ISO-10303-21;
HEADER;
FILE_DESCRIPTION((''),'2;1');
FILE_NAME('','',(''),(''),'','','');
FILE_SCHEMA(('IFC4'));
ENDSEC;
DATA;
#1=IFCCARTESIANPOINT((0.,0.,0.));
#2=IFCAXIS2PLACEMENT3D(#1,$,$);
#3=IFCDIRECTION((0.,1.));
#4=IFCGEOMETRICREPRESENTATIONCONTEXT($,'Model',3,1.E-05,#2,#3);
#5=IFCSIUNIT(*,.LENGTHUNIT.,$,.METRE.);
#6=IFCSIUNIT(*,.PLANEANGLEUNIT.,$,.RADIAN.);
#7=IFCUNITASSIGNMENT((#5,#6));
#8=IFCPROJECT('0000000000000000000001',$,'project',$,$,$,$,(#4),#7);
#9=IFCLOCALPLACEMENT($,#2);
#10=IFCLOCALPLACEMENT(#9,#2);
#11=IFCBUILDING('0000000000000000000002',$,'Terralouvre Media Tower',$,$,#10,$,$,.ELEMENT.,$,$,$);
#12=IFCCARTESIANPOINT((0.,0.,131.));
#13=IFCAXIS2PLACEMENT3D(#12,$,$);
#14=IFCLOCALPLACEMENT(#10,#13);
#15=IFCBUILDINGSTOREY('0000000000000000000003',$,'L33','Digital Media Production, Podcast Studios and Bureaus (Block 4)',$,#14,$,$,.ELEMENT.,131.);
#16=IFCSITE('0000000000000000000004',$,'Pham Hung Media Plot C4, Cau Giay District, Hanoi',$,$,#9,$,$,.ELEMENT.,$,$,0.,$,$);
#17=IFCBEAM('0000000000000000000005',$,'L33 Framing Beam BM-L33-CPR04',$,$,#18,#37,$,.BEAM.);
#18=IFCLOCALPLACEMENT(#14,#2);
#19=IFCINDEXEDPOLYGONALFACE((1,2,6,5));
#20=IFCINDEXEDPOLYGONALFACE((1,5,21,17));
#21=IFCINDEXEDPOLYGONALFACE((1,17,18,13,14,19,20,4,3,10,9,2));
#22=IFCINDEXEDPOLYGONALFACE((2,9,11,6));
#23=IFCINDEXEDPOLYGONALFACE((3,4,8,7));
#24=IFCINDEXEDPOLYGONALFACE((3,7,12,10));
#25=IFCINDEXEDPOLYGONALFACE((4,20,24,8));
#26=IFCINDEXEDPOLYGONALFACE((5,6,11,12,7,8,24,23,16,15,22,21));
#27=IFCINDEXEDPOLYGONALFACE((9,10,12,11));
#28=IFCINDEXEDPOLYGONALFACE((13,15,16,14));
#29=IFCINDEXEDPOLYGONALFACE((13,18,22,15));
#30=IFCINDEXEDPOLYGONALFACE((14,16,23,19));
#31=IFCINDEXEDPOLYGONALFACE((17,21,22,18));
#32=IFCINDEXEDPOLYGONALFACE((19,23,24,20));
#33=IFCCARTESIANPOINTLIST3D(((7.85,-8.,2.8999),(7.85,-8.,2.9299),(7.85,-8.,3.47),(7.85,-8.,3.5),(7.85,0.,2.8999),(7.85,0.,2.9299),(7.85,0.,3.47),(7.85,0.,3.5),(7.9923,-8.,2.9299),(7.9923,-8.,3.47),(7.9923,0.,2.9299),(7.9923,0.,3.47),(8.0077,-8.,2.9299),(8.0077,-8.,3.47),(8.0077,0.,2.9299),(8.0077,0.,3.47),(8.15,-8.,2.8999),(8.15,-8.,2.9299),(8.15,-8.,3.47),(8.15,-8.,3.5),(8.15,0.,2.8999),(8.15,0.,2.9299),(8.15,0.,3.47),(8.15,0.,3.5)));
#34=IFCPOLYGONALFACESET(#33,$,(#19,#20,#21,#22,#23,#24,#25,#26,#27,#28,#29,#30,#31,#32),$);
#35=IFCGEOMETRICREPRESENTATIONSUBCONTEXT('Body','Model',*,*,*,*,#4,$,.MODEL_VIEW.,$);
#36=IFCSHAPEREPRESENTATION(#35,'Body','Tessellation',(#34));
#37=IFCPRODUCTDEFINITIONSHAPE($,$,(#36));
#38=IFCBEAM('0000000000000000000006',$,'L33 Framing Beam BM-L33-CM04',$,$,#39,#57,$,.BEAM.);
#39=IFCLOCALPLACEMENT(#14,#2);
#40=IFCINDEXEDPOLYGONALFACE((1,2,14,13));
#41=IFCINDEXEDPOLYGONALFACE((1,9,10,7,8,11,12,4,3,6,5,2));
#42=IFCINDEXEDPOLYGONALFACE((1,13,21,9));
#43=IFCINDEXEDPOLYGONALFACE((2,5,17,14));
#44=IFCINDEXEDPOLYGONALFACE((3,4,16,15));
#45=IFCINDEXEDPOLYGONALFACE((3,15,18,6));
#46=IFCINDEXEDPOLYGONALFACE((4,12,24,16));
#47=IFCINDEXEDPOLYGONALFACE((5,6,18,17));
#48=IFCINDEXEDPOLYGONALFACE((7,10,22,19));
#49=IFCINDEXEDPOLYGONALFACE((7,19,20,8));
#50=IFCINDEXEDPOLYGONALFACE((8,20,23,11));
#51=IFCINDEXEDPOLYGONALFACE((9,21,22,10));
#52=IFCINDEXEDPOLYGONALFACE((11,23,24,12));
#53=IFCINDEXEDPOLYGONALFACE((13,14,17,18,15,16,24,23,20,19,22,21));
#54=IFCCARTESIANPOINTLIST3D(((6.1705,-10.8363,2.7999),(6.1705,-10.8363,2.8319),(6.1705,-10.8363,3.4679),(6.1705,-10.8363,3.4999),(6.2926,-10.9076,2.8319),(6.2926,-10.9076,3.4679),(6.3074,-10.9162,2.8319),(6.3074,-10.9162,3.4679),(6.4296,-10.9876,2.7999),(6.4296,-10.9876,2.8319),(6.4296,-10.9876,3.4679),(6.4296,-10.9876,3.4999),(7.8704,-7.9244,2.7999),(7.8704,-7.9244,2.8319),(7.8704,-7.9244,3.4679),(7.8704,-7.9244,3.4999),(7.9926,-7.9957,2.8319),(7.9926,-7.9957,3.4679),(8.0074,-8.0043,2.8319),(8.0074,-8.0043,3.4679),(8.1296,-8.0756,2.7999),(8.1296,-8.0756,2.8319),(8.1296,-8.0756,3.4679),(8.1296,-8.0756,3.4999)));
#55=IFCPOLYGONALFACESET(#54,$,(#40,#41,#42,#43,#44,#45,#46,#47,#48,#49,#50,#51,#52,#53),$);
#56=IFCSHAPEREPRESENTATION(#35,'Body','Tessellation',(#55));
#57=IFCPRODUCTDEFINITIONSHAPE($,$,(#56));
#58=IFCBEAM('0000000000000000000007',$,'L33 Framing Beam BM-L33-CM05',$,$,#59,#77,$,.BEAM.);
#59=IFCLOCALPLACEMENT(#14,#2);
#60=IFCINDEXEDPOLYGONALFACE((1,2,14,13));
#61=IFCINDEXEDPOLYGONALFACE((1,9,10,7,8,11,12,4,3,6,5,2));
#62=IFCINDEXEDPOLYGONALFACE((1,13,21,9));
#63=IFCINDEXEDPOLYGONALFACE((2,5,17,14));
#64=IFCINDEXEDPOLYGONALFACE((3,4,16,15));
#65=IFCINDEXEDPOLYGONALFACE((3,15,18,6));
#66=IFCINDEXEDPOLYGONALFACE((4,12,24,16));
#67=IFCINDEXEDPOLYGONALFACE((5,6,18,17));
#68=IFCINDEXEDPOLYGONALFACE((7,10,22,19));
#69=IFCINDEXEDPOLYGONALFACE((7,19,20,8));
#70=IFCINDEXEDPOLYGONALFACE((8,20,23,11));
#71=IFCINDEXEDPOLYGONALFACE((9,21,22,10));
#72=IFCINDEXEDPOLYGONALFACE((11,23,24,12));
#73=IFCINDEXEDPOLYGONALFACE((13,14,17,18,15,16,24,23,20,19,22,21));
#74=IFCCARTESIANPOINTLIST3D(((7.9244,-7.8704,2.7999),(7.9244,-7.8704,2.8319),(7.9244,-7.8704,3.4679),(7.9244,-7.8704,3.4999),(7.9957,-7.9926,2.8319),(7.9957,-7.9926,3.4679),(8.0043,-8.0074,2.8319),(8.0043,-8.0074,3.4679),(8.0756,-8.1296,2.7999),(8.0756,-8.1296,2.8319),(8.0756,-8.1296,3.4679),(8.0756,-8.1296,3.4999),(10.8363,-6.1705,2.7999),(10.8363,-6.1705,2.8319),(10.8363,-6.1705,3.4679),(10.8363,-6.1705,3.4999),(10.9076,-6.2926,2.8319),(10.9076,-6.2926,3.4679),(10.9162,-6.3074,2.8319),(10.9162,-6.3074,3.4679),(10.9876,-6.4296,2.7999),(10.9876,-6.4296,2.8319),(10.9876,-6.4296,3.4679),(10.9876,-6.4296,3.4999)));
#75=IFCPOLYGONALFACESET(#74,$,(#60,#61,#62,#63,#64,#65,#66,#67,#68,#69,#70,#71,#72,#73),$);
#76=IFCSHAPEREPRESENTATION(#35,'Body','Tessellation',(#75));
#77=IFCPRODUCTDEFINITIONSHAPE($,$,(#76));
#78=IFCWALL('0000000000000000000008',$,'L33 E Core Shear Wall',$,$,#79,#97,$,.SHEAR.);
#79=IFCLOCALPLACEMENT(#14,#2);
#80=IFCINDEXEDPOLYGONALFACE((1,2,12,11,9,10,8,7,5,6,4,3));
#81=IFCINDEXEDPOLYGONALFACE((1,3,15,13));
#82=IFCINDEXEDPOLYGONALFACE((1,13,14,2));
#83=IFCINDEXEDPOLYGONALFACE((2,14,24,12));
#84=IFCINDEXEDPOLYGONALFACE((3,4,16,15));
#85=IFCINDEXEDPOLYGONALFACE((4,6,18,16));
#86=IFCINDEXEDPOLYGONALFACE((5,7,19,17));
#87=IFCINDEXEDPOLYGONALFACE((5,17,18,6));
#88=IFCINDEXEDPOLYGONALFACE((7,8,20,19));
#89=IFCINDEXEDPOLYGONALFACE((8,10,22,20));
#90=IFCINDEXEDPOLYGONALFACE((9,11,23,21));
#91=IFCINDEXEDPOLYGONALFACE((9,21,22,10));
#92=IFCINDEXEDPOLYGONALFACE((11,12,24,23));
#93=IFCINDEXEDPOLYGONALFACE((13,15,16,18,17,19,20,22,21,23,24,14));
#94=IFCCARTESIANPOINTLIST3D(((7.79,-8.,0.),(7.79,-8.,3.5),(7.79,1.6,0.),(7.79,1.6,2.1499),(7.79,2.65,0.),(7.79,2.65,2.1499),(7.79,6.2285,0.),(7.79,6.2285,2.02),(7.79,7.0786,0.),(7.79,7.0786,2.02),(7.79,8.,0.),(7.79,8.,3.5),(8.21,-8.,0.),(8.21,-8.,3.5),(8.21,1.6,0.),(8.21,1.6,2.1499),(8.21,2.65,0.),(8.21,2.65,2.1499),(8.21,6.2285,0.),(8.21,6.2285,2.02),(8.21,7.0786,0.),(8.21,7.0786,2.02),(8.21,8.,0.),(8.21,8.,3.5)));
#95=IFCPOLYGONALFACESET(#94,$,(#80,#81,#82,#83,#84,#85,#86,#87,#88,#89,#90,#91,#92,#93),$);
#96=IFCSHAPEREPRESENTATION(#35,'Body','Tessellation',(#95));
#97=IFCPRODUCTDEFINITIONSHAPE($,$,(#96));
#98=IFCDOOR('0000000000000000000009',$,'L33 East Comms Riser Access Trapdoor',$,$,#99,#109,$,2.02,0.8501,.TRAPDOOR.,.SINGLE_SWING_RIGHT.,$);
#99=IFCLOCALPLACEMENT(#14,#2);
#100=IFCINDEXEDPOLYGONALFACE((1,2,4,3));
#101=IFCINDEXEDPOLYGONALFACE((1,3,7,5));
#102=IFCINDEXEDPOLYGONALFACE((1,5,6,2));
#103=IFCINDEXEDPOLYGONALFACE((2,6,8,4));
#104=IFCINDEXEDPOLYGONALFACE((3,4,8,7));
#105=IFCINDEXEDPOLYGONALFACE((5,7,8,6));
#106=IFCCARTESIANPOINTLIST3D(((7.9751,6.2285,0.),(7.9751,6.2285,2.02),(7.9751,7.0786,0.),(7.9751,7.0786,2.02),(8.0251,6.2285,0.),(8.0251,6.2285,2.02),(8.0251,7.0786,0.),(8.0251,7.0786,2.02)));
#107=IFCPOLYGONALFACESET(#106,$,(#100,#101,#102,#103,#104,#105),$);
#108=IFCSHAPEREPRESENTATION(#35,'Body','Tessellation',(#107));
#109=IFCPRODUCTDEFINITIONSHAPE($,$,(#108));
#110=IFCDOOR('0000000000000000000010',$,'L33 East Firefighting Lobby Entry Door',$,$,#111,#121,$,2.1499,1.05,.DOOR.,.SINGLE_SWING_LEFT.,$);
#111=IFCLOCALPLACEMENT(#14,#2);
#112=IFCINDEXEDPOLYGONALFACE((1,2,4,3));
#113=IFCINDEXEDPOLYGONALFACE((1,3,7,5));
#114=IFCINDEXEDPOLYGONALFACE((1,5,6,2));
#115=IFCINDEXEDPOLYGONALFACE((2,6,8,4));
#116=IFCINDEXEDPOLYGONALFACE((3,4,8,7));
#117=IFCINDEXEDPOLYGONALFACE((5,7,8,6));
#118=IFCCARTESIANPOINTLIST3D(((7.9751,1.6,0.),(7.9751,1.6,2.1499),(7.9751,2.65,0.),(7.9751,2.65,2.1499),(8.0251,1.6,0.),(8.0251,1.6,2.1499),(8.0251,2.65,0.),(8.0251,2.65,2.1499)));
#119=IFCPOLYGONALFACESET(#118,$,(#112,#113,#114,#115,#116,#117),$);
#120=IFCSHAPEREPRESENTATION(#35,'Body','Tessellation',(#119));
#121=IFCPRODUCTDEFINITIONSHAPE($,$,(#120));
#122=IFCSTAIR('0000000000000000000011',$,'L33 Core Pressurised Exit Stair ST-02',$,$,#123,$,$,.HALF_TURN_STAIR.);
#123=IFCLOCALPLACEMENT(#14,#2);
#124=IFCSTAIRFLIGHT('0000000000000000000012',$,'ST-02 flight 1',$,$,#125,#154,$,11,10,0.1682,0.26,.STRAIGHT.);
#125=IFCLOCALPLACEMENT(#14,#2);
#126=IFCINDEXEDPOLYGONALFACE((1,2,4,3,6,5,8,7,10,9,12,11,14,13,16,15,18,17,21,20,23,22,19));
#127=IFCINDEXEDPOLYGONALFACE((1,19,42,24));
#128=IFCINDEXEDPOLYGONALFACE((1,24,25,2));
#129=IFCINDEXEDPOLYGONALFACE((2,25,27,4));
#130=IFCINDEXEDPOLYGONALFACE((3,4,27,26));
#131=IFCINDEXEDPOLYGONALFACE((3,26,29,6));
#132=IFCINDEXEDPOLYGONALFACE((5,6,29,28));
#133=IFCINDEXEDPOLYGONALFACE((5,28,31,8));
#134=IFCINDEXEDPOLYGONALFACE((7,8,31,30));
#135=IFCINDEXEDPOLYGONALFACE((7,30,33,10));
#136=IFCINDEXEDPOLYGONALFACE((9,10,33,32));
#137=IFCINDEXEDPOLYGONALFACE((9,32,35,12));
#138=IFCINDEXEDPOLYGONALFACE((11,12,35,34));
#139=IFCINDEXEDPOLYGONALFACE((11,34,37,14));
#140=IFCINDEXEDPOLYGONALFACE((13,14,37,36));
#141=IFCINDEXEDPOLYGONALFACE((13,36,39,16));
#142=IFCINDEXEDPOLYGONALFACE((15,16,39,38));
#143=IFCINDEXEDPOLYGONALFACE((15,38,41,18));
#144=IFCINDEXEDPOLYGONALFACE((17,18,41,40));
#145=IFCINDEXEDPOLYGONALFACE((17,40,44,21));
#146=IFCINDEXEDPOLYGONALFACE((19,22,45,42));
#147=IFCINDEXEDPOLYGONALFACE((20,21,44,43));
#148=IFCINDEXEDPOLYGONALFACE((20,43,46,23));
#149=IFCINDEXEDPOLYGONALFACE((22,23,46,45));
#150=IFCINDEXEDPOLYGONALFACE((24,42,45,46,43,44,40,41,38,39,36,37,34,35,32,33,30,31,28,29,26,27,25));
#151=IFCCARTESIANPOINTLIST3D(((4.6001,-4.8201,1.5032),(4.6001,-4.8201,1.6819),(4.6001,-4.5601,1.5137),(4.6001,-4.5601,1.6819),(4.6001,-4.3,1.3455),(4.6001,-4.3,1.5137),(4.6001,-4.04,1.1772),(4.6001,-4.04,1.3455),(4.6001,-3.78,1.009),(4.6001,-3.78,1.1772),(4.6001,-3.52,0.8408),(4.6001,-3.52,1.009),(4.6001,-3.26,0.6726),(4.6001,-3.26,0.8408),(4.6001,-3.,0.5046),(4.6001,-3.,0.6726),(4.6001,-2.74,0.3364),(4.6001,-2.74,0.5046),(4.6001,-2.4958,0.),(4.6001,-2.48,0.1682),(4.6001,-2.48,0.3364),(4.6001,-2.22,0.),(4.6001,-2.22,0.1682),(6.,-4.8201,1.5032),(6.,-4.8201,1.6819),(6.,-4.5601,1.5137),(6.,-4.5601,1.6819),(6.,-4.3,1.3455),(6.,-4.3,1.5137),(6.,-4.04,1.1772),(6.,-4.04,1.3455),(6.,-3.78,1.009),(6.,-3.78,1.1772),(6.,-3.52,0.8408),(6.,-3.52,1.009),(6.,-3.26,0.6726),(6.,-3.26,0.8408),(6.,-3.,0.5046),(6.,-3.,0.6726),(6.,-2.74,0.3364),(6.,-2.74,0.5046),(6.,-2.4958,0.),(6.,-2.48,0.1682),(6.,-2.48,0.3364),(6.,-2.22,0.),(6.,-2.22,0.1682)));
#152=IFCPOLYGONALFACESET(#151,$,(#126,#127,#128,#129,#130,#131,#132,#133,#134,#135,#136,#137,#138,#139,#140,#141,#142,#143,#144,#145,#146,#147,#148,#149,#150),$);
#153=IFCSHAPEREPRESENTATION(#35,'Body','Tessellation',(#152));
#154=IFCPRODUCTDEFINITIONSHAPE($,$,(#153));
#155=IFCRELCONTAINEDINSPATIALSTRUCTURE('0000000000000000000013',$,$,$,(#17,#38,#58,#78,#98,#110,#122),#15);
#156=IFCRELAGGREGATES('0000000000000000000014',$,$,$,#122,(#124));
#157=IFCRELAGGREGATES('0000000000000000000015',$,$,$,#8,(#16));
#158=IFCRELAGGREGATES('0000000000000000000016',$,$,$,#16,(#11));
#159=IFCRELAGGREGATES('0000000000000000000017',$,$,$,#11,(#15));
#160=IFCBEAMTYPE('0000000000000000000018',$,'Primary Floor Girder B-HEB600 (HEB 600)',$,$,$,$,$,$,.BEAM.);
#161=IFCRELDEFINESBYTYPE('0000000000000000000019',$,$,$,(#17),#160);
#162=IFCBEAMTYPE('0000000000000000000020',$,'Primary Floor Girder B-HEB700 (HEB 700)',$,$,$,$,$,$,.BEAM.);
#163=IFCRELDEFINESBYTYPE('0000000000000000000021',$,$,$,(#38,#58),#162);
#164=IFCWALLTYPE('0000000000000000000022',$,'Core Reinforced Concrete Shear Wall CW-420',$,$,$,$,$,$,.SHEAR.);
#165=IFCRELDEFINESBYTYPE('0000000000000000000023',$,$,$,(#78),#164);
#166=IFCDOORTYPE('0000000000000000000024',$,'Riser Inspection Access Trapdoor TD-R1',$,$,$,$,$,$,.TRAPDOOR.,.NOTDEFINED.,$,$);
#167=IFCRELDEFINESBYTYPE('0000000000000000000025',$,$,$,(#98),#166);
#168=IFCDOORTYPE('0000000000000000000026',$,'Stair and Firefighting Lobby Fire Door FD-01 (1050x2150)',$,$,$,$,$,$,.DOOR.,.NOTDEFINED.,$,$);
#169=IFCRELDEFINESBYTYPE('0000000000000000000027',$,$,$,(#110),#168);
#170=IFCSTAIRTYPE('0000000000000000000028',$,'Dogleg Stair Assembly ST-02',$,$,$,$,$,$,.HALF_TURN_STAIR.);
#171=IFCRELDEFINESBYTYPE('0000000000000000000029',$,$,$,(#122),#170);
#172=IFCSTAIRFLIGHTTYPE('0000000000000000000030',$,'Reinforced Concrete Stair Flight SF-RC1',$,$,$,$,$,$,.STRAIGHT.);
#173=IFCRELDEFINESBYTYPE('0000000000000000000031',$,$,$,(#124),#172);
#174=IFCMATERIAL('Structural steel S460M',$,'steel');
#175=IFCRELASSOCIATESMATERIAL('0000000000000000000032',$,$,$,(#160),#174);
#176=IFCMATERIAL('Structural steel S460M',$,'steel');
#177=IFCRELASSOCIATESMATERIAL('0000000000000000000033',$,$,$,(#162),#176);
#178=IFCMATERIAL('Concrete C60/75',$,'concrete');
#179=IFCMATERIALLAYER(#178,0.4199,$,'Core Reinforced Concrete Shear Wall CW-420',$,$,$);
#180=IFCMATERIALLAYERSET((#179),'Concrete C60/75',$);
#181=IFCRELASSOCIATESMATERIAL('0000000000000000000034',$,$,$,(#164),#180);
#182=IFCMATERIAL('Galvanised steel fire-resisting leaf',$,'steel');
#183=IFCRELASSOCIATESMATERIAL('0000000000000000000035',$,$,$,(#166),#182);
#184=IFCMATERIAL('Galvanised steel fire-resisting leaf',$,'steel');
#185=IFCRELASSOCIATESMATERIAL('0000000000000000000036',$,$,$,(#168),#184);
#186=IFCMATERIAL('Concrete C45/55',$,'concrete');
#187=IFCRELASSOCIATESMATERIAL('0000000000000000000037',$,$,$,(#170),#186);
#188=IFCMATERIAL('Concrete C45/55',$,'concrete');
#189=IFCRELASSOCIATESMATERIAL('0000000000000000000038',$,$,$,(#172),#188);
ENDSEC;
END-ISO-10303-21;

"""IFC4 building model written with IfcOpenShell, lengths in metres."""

from ifc_helpers import new_model, si_unit, direction, frame, frame_2d, origin, origin_2d, place, context, subcontext, project, spatial, polyline, rectangle, i_section, outline, extrude, material, layer, layer_set, material_profile, profile_set, type_object, element, fill, aggregate, save


model = new_model("IFC4")

# Units and contexts
model_context = context("Model", 3, precision=1e-05, world=origin(), true_north=direction((0.0, 1.0)))
body_context = subcontext(model_context, "Body", "Model", "MODEL_VIEW")
ifc_project = project(units=[si_unit("LENGTHUNIT", "METRE"), si_unit("PLANEANGLEUNIT", "RADIAN")], contexts=[model_context])

# Site, building, storey
site_placement = place(None, origin())
site = spatial("IfcSite", under=ifc_project, at=site_placement, Name="Pham Hung Media Plot C4, Cau Giay District, Hanoi", CompositionType="ELEMENT", RefElevation=0.0)
building_placement = place(site_placement, origin())
building = spatial("IfcBuilding", under=site, at=building_placement, Name="Terralouvre Media Tower", CompositionType="ELEMENT")
storey_placement = place(building_placement, frame((0.0, 0.0, 131.0)))
storey = spatial("IfcBuildingStorey", under=building, at=storey_placement, Name="L33", Description="Digital Media Production, Podcast Studios and Bureaus (Block 4)", CompositionType="ELEMENT", Elevation=131.0)

# Beams
ifc_material_1 = material(Name="Structural steel S460M", Category="steel")
ifc_material_profile_1 = material_profile(ifc_material_1, i_section(OverallWidth=0.3, OverallDepth=0.6001, WebThickness=0.0154, FlangeThickness=0.03, at=origin_2d()), Name="HEB 600")
ifc_profile_set_1 = profile_set([ifc_material_profile_1], Name="Structural steel S460M")
beam_type_1 = type_object("IfcBeamType", Name="Primary Floor Girder B-HEB600 (HEB 600)", PredefinedType="BEAM", material=ifc_profile_set_1)
beam_placement = place(storey_placement, frame((8.0, -8.0, 3.2), z_axis=(0.0, 1.0, 0.0), x_axis=(-1.0, 0.0, 0.0)))
element("IfcBeam", 1, at=beam_placement, inside=storey, type_object=beam_type_1, Name="L33 Framing Beam BM-L33-CPR04", PredefinedType="BEAM", context=body_context, shape_type="SweptSolid", body=[
    extrude(i_section(OverallWidth=0.3, OverallDepth=0.6001, WebThickness=0.0154, FlangeThickness=0.03, at=origin_2d()), origin(), (0.0, 0.0, 1.0), 8.0),
])
ifc_material_2 = material(Name="Structural steel S460M", Category="steel")
ifc_material_profile_2 = material_profile(ifc_material_2, i_section(OverallWidth=0.3, OverallDepth=0.7, WebThickness=0.0171, FlangeThickness=0.032, at=origin_2d()), Name="HEB 700")
ifc_profile_set_2 = profile_set([ifc_material_profile_2], Name="Structural steel S460M")
beam_type_2 = type_object("IfcBeamType", Name="Primary Floor Girder B-HEB700 (HEB 700)", PredefinedType="BEAM", material=ifc_profile_set_2)
for number, where, z_axis, x_axis, name in (
    (2, (8.0, -8.0, 3.1499), (-0.504173, -0.863603, 0.0), (0.863603, -0.504173, 0.0), "L33 Framing Beam BM-L33-CM04"),
    (3, (8.0, -8.0, 3.1499), (0.863603, 0.504173, 0.0), (-0.504173, 0.863603, 0.0), "L33 Framing Beam BM-L33-CM05"),
):
    element("IfcBeam", number, at=place(storey_placement, frame(where, z_axis=z_axis, x_axis=x_axis)), inside=storey, type_object=beam_type_2, Name=name, PredefinedType="BEAM", context=body_context, shape_type="SweptSolid", body=[
        extrude(i_section(OverallWidth=0.3, OverallDepth=0.7, WebThickness=0.0171, FlangeThickness=0.032, at=origin_2d()), origin(), (0.0, 0.0, 1.0), 3.3718),
    ])

# Wall, openings, doors
ifc_material_3 = material(Name="Concrete C60/75", Category="concrete")
ifc_layer_1 = layer(ifc_material_3, 0.4199, Name="Core Reinforced Concrete Shear Wall CW-420")
ifc_layer_set_1 = layer_set([ifc_layer_1], Name="Concrete C60/75")
wall_type = type_object("IfcWallType", Name="Core Reinforced Concrete Shear Wall CW-420", PredefinedType="SHEAR", material=ifc_layer_set_1)
wall_placement = place(storey_placement, frame((8.0, -8.0, 0.0), z_axis=(0.0, 0.0, 1.0), x_axis=(0.0, 1.0, 0.0)))
wall = element("IfcWall", 4, at=wall_placement, inside=storey, type_object=wall_type, Name="L33 E Core Shear Wall", PredefinedType="SHEAR", context=body_context, shape_type="SweptSolid", body=[
    extrude(rectangle(XDim=16.0, YDim=0.4199, at=frame_2d((8.0, 0.0))), origin(), (0.0, 0.0, 1.0), 3.5),
])
opening_1_placement = place(wall_placement, frame((9.6001, 0.0, 0.0)))
opening_1 = element("IfcOpeningElement", 5, at=opening_1_placement, cuts=wall, PredefinedType="OPENING", context=body_context, shape_type="SweptSolid", body=[
    extrude(rectangle(XDim=1.05, YDim=2.1499, at=frame_2d((0.5249, 1.075))), frame((0.0, 0.22, 0.0), z_axis=(0.0, -1.0, 0.0), x_axis=(1.0, 0.0, 0.0)), (0.0, 0.0, 1.0), 0.4399),
])
opening_2_placement = place(wall_placement, frame((14.2285, 0.0, 0.0)))
opening_2 = element("IfcOpeningElement", 6, at=opening_2_placement, cuts=wall, PredefinedType="OPENING", context=body_context, shape_type="SweptSolid", body=[
    extrude(rectangle(XDim=0.8501, YDim=2.02, at=frame_2d((0.425, 1.01))), frame((0.0, 0.22, 0.0), z_axis=(0.0, -1.0, 0.0), x_axis=(1.0, 0.0, 0.0)), (0.0, 0.0, 1.0), 0.4399),
])
ifc_material_4 = material(Name="Galvanised steel fire-resisting leaf", Category="steel")
door_type_1 = type_object("IfcDoorType", Name="Riser Inspection Access Trapdoor TD-R1", OperationType="NOTDEFINED", PredefinedType="TRAPDOOR", material=ifc_material_4)
door_1_placement = place(opening_2_placement, origin())
door_1 = element("IfcDoor", 7, at=door_1_placement, inside=storey, type_object=door_type_1, Name="L33 East Comms Riser Access Trapdoor", OperationType="SINGLE_SWING_RIGHT", OverallHeight=2.02, OverallWidth=0.8501, PredefinedType="TRAPDOOR", context=body_context, shape_type="SweptSolid", body=[
    extrude(rectangle(XDim=0.8501, YDim=2.02, at=frame_2d((0.425, 1.01))), frame((0.0, 0.0249, 0.0), z_axis=(0.0, -1.0, 0.0), x_axis=(1.0, 0.0, 0.0)), (0.0, 0.0, 1.0), 0.05),
])
fill(opening_2, door_1)
ifc_material_5 = material(Name="Galvanised steel fire-resisting leaf", Category="steel")
door_type_2 = type_object("IfcDoorType", Name="Stair and Firefighting Lobby Fire Door FD-01 (1050x2150)", OperationType="NOTDEFINED", PredefinedType="DOOR", material=ifc_material_5)
door_2_placement = place(opening_1_placement, origin())
door_2 = element("IfcDoor", 8, at=door_2_placement, inside=storey, type_object=door_type_2, Name="L33 East Firefighting Lobby Entry Door", OperationType="SINGLE_SWING_LEFT", OverallHeight=2.1499, OverallWidth=1.05, PredefinedType="DOOR", context=body_context, shape_type="SweptSolid", body=[
    extrude(rectangle(XDim=1.05, YDim=2.1499, at=frame_2d((0.5249, 1.075))), frame((0.0, 0.0249, 0.0), z_axis=(0.0, -1.0, 0.0), x_axis=(1.0, 0.0, 0.0)), (0.0, 0.0, 1.0), 0.05),
])
fill(opening_1, door_2)

# Stair, stair flight
ifc_material_6 = material(Name="Concrete C45/55", Category="concrete")
stair_type = type_object("IfcStairType", Name="Dogleg Stair Assembly ST-02", PredefinedType="HALF_TURN_STAIR", material=ifc_material_6)
stair_placement = place(storey_placement, origin())
stair = element("IfcStair", 9, at=stair_placement, inside=storey, type_object=stair_type, Name="L33 Core Pressurised Exit Stair ST-02", PredefinedType="HALF_TURN_STAIR")
ifc_material_7 = material(Name="Concrete C45/55", Category="concrete")
stair_flight_type = type_object("IfcStairFlightType", Name="Reinforced Concrete Stair Flight SF-RC1", PredefinedType="STRAIGHT", material=ifc_material_7)
stair_flight_1_placement = place(storey_placement, frame((5.3, -2.22, 0.0), z_axis=(0.0, 0.0, 1.0), x_axis=(0.0, -1.0, 0.0)))
stair_flight_1 = element("IfcStairFlight", 10, at=stair_flight_1_placement, type_object=stair_flight_type, Name="ST-02 flight 1", NumberOfRisers=11, NumberOfTreads=10, PredefinedType="STRAIGHT", RiserHeight=0.1682, TreadLength=0.26, context=body_context, shape_type="SweptSolid", body=[
    extrude(outline(polyline([(0.0, 0.0), (0.0, 0.1682), (0.26, 0.1682), (0.26, 0.3364), (0.52, 0.3364), (0.52, 0.5046), (0.78, 0.5046), (0.78, 0.6726), (1.04, 0.6726), (1.04, 0.8408), (1.3, 0.8408), (1.3, 1.009), (1.5601, 1.009), (1.5601, 1.1772), (1.8201, 1.1772), (1.8201, 1.3455), (2.0801, 1.3455), (2.0801, 1.5137), (2.3401, 1.5137), (2.3401, 1.6819), (2.6001, 1.6819), (2.6001, 1.8501), (2.6001, 1.5032), (0.2759, 0.0), (0.0, 0.0)])), frame((0.0, 0.7, 0.0), z_axis=(0.0, -1.0, 0.0), x_axis=(1.0, 0.0, 0.0)), (0.0, 0.0, 1.0), 1.3999),
])
aggregate(stair, [stair_flight_1])

save(model, "model.ifc")
